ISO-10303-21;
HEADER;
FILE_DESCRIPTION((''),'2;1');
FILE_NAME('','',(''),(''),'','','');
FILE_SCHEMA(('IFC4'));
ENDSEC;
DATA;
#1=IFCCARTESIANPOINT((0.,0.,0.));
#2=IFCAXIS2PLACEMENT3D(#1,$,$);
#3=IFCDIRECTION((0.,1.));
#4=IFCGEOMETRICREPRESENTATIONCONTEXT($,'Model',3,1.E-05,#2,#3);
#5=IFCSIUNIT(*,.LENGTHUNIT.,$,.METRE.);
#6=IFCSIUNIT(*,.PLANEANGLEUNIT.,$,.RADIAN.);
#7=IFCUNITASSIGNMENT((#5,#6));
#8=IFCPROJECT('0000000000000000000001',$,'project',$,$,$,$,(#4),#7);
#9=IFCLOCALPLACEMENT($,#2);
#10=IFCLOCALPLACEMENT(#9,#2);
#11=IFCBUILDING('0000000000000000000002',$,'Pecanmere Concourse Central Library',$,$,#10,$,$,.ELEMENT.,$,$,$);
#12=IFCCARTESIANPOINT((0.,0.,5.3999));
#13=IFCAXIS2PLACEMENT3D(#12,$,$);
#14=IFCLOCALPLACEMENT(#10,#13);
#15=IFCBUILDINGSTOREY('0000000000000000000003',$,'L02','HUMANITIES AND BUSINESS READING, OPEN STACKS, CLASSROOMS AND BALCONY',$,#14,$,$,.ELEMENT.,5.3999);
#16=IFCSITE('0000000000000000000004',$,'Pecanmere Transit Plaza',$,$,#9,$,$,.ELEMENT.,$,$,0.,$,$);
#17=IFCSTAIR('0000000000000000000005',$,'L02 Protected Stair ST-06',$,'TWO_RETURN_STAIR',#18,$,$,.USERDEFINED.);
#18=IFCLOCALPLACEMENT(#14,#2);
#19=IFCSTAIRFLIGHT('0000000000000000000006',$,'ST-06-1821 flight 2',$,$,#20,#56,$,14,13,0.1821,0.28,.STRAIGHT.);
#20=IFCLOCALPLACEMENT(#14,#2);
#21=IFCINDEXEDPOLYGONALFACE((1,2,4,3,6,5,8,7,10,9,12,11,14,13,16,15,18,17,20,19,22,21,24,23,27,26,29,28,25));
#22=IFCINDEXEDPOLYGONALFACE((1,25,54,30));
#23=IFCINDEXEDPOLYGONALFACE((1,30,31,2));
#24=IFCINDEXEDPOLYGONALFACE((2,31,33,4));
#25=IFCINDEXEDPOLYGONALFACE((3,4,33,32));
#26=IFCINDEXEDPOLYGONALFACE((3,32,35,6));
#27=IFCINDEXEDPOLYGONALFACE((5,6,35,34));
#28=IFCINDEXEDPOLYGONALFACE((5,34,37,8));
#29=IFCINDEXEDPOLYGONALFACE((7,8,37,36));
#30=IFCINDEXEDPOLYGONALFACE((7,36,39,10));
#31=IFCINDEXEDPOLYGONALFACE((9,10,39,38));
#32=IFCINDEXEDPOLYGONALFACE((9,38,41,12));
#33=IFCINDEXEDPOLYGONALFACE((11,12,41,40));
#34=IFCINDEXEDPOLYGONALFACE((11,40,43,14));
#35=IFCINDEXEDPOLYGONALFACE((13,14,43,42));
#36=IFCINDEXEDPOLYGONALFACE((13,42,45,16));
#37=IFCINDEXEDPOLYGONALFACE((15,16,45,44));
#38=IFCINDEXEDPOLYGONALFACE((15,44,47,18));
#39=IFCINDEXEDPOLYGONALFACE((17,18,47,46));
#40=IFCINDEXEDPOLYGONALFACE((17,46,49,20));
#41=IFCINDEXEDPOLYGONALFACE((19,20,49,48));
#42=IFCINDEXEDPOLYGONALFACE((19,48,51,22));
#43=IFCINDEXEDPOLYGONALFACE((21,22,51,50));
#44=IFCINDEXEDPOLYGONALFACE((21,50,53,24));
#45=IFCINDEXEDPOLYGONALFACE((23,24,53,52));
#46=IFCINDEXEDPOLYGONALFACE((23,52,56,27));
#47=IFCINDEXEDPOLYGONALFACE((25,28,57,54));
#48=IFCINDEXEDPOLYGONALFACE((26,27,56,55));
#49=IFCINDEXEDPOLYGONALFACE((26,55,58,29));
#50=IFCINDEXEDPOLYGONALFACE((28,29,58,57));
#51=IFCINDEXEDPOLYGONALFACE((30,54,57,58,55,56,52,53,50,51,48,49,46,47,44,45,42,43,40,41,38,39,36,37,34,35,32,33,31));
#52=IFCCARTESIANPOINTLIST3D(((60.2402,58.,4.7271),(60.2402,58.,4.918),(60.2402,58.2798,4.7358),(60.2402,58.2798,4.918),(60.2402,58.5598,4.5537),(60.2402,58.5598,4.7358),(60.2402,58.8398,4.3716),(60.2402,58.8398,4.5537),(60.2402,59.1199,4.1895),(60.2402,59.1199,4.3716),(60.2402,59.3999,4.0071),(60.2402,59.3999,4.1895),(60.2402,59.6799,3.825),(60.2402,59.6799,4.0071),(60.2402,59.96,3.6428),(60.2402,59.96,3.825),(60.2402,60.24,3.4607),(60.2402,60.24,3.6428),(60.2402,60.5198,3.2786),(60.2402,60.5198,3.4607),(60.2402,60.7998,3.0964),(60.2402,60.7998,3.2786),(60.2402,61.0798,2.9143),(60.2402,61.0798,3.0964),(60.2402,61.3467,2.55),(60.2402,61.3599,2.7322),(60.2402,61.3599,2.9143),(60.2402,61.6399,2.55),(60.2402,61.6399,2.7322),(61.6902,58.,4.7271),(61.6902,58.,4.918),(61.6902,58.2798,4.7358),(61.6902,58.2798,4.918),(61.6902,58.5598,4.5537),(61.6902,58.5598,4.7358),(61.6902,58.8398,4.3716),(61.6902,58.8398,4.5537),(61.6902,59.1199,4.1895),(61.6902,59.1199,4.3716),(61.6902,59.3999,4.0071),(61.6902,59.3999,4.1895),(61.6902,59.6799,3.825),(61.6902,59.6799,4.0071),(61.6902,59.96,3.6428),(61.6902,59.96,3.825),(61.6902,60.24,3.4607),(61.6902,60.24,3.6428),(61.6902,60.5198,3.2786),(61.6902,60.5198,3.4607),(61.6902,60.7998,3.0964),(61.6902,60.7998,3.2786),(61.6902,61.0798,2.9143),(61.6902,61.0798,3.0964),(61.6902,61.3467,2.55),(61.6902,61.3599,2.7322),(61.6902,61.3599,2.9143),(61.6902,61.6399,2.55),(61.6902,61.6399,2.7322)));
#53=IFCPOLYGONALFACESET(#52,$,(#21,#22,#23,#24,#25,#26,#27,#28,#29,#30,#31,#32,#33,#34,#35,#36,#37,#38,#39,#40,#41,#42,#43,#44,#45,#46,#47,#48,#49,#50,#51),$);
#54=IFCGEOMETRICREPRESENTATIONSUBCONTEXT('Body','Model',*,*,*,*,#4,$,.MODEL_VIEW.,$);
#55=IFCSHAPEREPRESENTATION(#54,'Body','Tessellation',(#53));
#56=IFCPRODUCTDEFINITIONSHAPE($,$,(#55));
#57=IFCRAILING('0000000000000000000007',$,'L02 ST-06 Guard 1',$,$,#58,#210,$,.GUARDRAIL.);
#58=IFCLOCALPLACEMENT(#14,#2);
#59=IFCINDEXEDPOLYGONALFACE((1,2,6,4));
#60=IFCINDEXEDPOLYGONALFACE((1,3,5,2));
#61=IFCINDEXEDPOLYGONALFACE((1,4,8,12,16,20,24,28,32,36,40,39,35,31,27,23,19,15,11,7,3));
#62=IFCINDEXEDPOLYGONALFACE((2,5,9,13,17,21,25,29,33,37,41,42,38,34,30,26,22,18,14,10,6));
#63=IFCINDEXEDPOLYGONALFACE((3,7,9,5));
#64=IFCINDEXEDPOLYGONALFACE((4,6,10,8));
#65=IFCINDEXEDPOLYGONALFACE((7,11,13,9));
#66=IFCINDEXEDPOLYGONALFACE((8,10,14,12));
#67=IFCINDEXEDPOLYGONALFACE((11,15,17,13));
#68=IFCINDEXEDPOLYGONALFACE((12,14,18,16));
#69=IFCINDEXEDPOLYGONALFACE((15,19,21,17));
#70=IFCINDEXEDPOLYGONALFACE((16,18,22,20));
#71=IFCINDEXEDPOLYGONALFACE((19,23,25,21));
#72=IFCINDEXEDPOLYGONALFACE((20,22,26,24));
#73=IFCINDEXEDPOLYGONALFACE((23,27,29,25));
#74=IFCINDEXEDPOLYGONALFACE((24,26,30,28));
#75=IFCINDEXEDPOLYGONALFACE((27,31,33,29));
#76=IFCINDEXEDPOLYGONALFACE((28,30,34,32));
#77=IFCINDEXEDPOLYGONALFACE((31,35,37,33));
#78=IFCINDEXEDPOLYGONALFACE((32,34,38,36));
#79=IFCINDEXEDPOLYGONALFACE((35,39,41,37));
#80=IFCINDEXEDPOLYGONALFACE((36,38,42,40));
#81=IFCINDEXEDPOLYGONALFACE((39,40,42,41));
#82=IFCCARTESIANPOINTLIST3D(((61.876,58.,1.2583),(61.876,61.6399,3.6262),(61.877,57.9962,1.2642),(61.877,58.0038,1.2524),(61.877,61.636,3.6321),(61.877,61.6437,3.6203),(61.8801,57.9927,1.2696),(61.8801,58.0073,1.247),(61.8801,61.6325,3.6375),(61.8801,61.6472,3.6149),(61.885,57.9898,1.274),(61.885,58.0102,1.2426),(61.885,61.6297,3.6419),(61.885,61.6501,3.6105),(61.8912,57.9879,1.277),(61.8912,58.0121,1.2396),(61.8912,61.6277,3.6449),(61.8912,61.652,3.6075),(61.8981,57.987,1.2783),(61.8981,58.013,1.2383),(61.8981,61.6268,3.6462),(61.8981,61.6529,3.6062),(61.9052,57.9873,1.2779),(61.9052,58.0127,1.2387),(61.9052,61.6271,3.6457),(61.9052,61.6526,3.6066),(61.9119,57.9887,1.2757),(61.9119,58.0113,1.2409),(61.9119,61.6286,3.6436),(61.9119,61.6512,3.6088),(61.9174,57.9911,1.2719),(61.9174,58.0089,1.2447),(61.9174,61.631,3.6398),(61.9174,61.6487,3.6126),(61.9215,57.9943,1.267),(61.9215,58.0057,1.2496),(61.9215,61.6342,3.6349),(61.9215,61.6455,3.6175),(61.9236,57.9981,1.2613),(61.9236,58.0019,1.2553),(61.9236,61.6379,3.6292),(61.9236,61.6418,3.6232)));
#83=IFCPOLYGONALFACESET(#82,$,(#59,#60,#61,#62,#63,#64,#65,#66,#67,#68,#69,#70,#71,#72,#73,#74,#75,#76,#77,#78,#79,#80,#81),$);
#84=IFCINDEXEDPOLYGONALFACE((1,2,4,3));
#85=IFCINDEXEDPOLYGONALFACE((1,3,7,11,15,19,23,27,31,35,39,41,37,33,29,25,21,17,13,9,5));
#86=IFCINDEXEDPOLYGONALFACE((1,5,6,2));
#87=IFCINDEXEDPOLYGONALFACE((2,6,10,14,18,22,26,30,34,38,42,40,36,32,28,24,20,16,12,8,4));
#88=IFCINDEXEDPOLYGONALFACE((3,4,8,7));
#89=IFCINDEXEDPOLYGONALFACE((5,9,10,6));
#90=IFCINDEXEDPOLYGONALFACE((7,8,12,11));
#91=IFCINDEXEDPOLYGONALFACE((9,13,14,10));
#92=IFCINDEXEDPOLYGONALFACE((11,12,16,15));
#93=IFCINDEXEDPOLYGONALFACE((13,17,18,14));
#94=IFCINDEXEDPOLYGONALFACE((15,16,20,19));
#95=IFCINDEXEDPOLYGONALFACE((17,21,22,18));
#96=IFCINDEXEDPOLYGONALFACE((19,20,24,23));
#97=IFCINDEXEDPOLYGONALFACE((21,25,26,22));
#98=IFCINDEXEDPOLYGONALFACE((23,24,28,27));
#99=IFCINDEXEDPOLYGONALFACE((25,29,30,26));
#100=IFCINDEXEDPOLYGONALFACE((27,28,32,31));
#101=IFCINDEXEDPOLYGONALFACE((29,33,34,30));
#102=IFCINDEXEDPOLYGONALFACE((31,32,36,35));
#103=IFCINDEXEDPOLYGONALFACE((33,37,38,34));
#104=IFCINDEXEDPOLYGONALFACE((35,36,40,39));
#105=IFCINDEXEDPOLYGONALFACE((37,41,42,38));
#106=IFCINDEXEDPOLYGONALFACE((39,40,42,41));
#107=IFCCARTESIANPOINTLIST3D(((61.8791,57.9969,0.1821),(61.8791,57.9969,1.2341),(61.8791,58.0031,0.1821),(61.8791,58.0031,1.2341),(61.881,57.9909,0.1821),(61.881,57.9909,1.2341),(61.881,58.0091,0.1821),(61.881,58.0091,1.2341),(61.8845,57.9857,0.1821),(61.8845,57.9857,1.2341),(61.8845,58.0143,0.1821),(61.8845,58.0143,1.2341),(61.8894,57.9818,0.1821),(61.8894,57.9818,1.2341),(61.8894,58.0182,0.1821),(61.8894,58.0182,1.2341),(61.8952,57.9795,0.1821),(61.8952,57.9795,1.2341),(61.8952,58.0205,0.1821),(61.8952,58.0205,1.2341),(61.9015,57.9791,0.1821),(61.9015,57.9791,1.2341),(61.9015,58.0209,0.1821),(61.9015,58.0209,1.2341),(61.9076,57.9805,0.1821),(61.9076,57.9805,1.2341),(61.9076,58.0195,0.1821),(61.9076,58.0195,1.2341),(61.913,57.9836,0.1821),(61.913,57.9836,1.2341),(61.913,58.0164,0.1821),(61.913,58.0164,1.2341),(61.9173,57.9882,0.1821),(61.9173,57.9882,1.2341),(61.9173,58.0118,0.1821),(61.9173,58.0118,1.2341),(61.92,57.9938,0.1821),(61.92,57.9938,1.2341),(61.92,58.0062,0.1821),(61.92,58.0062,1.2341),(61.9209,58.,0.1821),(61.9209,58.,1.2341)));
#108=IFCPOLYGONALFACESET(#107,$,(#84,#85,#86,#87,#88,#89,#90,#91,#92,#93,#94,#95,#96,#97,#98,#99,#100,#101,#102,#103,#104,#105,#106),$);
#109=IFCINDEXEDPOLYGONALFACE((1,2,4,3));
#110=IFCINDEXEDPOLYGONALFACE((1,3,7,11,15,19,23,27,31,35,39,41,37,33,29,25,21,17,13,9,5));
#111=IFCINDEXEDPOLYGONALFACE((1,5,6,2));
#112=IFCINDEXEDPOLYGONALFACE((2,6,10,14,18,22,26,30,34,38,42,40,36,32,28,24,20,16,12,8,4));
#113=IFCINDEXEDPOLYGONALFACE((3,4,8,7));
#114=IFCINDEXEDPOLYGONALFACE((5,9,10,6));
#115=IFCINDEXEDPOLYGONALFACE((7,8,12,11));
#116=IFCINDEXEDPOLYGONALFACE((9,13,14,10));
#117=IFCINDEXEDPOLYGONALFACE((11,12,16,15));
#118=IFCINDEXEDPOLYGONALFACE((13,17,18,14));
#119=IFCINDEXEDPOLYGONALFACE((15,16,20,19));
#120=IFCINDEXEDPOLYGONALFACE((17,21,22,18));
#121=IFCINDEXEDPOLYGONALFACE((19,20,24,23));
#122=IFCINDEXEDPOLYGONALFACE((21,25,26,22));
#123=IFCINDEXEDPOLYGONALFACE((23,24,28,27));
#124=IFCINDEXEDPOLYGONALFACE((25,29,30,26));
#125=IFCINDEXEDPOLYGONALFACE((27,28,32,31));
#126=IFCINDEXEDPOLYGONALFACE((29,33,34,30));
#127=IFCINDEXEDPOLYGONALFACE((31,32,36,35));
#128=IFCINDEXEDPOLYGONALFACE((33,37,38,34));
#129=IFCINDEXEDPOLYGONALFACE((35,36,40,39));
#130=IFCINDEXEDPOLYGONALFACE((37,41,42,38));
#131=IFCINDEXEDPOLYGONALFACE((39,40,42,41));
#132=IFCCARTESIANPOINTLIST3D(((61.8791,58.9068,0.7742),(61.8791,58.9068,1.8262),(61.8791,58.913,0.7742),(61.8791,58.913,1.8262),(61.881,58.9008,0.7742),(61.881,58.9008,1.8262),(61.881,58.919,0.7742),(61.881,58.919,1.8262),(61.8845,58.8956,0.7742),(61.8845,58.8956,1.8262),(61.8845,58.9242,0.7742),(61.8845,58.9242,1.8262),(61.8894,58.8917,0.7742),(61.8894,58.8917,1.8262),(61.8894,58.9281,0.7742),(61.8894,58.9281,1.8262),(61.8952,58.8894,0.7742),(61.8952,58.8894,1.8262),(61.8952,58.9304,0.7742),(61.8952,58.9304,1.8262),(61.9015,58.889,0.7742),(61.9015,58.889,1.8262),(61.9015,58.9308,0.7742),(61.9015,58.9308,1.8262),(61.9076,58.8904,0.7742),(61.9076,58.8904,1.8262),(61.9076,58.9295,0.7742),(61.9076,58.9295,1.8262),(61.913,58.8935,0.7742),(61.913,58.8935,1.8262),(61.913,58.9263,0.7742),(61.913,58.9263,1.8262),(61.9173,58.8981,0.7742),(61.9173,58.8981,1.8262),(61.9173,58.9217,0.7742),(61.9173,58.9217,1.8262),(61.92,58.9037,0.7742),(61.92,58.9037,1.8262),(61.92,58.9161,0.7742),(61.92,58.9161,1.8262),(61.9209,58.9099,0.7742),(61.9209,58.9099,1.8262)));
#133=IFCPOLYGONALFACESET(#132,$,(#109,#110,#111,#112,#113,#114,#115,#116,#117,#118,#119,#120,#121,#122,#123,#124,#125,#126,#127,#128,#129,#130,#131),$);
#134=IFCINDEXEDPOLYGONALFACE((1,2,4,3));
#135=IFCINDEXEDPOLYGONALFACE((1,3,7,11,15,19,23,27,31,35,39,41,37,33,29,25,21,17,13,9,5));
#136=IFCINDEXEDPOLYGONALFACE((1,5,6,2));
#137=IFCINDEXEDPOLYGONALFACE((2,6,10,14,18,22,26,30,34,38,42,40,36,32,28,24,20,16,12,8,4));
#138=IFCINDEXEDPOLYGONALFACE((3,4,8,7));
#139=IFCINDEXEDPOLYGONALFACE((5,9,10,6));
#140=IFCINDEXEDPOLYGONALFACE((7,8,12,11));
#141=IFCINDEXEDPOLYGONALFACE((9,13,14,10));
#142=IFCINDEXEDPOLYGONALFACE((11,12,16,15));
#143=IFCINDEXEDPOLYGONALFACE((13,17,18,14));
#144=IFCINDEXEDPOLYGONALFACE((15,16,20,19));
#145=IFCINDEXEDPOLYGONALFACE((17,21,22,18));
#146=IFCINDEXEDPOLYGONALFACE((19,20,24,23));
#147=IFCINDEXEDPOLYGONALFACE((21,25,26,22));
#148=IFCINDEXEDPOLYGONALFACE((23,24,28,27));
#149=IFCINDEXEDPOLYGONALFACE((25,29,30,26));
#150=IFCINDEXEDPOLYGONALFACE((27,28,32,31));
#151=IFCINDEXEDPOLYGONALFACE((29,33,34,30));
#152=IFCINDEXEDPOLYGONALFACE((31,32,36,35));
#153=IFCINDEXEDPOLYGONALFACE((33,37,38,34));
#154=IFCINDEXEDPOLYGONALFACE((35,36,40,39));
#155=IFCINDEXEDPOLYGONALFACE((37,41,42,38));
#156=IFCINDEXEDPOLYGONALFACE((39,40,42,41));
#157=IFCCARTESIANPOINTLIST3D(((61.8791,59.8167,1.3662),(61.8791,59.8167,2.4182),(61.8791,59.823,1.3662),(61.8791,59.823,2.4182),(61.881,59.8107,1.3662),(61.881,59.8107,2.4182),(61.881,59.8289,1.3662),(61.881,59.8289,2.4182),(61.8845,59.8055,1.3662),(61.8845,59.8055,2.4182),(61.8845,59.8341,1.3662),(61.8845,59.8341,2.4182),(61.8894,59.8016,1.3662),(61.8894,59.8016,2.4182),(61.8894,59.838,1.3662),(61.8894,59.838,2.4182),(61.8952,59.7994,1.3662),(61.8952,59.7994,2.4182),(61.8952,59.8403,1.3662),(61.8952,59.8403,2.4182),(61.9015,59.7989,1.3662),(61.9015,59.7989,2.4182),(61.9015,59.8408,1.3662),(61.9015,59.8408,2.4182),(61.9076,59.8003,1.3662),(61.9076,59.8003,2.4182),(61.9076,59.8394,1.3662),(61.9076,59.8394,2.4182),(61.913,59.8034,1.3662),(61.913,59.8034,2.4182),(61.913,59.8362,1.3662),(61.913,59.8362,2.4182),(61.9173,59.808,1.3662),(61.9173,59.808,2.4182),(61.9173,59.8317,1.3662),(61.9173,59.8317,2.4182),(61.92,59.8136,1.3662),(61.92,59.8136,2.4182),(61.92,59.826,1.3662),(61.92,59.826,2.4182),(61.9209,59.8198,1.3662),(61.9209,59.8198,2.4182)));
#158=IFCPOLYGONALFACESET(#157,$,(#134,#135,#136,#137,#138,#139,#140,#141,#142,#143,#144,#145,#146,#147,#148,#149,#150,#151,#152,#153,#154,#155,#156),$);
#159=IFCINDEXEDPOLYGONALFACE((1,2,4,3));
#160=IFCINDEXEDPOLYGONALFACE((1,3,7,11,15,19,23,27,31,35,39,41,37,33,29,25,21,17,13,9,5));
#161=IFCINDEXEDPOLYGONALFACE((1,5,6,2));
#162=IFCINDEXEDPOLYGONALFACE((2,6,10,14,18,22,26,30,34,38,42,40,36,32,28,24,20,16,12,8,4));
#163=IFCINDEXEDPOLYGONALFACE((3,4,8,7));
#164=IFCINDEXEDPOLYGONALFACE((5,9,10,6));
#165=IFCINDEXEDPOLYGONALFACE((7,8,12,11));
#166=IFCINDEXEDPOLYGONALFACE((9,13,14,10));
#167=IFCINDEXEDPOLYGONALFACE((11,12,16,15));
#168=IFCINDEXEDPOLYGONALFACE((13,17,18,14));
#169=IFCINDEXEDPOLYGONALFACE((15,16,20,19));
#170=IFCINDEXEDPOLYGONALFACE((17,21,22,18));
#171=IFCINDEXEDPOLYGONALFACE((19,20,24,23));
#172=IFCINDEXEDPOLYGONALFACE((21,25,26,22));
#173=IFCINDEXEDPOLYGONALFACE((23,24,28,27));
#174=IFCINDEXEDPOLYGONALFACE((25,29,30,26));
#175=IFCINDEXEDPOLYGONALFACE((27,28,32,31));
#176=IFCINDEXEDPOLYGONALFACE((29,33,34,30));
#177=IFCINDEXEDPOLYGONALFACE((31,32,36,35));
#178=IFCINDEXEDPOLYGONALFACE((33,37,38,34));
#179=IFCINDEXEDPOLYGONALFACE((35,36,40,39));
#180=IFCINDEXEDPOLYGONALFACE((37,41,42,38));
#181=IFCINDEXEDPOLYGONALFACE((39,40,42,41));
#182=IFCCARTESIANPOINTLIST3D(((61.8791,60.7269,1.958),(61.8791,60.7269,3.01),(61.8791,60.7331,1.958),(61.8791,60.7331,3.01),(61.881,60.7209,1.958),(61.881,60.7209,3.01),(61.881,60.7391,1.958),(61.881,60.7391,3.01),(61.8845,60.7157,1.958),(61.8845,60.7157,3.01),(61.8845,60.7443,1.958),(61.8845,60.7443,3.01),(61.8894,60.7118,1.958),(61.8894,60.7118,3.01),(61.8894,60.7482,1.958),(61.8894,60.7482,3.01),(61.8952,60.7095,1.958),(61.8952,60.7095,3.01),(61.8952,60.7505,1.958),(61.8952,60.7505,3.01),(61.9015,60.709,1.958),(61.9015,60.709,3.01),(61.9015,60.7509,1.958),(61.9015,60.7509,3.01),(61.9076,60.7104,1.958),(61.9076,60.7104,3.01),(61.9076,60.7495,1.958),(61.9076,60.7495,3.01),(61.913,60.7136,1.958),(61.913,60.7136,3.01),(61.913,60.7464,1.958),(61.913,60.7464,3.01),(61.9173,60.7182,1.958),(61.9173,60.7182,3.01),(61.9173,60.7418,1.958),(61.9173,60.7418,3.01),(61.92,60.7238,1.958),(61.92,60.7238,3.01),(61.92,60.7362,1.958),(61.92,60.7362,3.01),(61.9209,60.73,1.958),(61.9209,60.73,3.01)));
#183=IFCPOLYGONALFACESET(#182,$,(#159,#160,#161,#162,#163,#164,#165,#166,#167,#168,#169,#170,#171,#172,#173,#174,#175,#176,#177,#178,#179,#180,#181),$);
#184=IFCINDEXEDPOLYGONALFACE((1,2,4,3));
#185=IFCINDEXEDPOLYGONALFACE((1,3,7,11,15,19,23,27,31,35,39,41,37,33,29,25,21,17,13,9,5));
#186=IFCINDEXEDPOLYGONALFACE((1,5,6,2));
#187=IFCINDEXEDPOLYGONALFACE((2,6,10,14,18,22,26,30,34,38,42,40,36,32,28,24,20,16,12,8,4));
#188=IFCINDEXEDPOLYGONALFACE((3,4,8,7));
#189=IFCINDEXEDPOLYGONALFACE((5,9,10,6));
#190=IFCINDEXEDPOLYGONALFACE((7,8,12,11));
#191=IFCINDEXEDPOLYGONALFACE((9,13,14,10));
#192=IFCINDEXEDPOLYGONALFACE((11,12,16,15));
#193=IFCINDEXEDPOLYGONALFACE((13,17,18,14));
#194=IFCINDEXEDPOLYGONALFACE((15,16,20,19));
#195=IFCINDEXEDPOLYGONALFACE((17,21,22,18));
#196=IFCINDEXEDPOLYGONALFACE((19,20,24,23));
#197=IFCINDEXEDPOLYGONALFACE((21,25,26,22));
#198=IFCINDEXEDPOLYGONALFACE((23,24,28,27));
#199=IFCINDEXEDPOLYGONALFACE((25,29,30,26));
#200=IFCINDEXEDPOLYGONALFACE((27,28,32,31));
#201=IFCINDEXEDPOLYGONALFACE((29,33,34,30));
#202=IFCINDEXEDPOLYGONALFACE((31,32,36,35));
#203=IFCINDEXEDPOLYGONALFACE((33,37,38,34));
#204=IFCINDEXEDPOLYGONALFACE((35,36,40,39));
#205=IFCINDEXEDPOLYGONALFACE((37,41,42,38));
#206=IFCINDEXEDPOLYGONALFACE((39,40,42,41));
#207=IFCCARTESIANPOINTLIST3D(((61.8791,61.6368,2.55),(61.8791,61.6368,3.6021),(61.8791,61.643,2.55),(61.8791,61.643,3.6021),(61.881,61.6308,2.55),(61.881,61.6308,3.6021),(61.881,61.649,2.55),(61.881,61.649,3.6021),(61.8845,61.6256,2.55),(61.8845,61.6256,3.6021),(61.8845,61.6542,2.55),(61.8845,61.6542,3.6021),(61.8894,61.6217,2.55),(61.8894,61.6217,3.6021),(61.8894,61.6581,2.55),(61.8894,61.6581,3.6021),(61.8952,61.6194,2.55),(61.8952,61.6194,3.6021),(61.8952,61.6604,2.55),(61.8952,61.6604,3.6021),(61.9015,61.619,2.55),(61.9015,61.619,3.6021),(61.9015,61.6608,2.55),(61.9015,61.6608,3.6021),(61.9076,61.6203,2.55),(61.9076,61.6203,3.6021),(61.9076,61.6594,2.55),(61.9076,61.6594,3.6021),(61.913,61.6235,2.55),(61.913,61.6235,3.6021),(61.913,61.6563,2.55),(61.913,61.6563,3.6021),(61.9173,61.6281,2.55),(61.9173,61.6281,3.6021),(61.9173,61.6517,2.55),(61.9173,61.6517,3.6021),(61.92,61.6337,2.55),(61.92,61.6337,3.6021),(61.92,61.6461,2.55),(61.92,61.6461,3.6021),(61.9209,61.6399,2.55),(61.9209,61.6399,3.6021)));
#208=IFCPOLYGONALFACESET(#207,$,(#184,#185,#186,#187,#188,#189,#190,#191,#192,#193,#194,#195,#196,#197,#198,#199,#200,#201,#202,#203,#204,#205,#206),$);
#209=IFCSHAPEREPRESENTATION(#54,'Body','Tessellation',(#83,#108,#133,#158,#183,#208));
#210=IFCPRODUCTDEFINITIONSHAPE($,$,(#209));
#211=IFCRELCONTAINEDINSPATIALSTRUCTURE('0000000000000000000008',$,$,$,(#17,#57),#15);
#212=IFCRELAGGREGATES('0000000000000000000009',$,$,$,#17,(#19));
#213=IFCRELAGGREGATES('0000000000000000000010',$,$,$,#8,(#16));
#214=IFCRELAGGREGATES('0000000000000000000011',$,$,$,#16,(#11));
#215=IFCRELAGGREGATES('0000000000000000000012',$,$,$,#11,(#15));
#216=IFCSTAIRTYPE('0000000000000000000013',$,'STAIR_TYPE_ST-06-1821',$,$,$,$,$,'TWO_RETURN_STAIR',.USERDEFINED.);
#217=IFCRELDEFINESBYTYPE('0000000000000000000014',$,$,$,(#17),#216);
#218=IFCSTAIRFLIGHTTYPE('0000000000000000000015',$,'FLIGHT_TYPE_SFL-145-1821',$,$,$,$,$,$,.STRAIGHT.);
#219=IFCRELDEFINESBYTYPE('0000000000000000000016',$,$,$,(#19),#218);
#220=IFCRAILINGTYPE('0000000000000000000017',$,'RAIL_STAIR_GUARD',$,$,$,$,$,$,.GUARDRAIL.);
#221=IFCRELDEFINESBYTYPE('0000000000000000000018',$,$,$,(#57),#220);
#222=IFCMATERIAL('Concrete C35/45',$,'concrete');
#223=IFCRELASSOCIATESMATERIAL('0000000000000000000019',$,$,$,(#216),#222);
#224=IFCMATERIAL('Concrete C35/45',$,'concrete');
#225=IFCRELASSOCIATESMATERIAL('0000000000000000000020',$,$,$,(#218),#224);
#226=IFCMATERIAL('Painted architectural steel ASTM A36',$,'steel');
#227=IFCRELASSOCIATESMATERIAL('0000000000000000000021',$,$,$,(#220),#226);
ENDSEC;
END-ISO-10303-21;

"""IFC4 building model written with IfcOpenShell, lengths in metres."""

from ifc_helpers import new_model, si_unit, direction, frame, origin, origin_2d, place, context, subcontext, project, spatial, polyline, circle, outline, extrude, material, type_object, element, aggregate, save


model = new_model("IFC4")

# Units and contexts
model_context = context("Model", 3, precision=1e-05, world=origin(), true_north=direction((0.0, 1.0)))
body_context = subcontext(model_context, "Body", "Model", "MODEL_VIEW")
ifc_project = project(units=[si_unit("LENGTHUNIT", "METRE"), si_unit("PLANEANGLEUNIT", "RADIAN")], contexts=[model_context])

# Site, building, storey
site_placement = place(None, origin())
site = spatial("IfcSite", under=ifc_project, at=site_placement, Name="Pecanmere Transit Plaza", CompositionType="ELEMENT", RefElevation=0.0)
building_placement = place(site_placement, origin())
building = spatial("IfcBuilding", under=site, at=building_placement, Name="Pecanmere Concourse Central Library", CompositionType="ELEMENT")
storey_placement = place(building_placement, frame((0.0, 0.0, 5.3999)))
storey = spatial("IfcBuildingStorey", under=building, at=storey_placement, Name="L02", Description="HUMANITIES AND BUSINESS READING, OPEN STACKS, CLASSROOMS AND BALCONY", CompositionType="ELEMENT", Elevation=5.3999)

# Stair, stair flight
ifc_material_1 = material(Name="Concrete C35/45", Category="concrete")
stair_type = type_object("IfcStairType", Name="STAIR_TYPE_ST-06-1821", ElementType="TWO_RETURN_STAIR", PredefinedType="USERDEFINED", material=ifc_material_1)
stair_placement = place(storey_placement, origin())
stair = element("IfcStair", 1, at=stair_placement, inside=storey, type_object=stair_type, Name="L02 Protected Stair ST-06", ObjectType="TWO_RETURN_STAIR", PredefinedType="USERDEFINED")
ifc_material_2 = material(Name="Concrete C35/45", Category="concrete")
stair_flight_type = type_object("IfcStairFlightType", Name="FLIGHT_TYPE_SFL-145-1821", PredefinedType="STRAIGHT", material=ifc_material_2)
stair_flight_1_placement = place(storey_placement, frame((60.9651, 61.6399, 2.55), z_axis=(0.0, 0.0, 1.0), x_axis=(0.0, -1.0, 0.0)))
stair_flight_1 = element("IfcStairFlight", 2, at=stair_flight_1_placement, type_object=stair_flight_type, Name="ST-06-1821 flight 2", NumberOfRisers=14, NumberOfTreads=13, PredefinedType="STRAIGHT", RiserHeight=0.1821, TreadLength=0.28, context=body_context, shape_type="SweptSolid", body=[
    extrude(outline(polyline([(0.0, 0.0), (0.0, 0.1821), (0.28, 0.1821), (0.28, 0.3643), (0.5601, 0.3643), (0.5601, 0.5464), (0.8401, 0.5464), (0.8401, 0.7285), (1.1201, 0.7285), (1.1201, 0.9106), (1.3999, 0.9106), (1.3999, 1.0928), (1.6799, 1.0928), (1.6799, 1.2749), (1.96, 1.2749), (1.96, 1.457), (2.24, 1.457), (2.24, 1.6394), (2.52, 1.6394), (2.52, 1.8215), (2.8, 1.8215), (2.8, 2.0037), (3.0801, 2.0037), (3.0801, 2.1858), (3.3601, 2.1858), (3.3601, 2.3679), (3.6399, 2.3679), (3.6399, 2.55), (3.6399, 2.177), (0.2932, 0.0), (0.0, 0.0)])), frame((0.0, 0.7251, 0.0), z_axis=(0.0, -1.0, 0.0), x_axis=(1.0, 0.0, 0.0)), (0.0, 0.0, 1.0), 1.45),
])
aggregate(stair, [stair_flight_1])

# Railing
ifc_material_3 = material(Name="Painted architectural steel ASTM A36", Category="steel")
railing_type_1 = type_object("IfcRailingType", Name="RAIL_STAIR_GUARD", PredefinedType="GUARDRAIL", material=ifc_material_3)
railing_1_placement = place(storey_placement, frame((61.8999, 58.0, 0.1821)))
element("IfcRailing", 3, at=railing_1_placement, inside=storey, type_object=railing_type_1, Name="L02 ST-06 Guard 1", PredefinedType="GUARDRAIL", context=body_context, shape_type="SweptSolid", body=[
    extrude(circle(Radius=0.0239, at=origin_2d()), frame((0.0, 0.0, 1.0762), z_axis=(0.0, 0.838234, 0.54531), x_axis=(-1.0, 0.0, 0.0)), (0.0, 0.0, 1.0), 4.3423),
    extrude(circle(Radius=0.021, at=origin_2d()), origin(), (0.0, 0.0, 1.0), 1.052),
    extrude(circle(Radius=0.021, at=origin_2d()), frame((0.0, 0.9099, 0.592)), (0.0, 0.0, 1.0), 1.052),
    extrude(circle(Radius=0.021, at=origin_2d()), frame((0.0, 1.8198, 1.1841)), (0.0, 0.0, 1.0), 1.052),
    extrude(circle(Radius=0.021, at=origin_2d()), frame((0.0, 2.73, 1.7759)), (0.0, 0.0, 1.0), 1.052),
    extrude(circle(Radius=0.021, at=origin_2d()), frame((0.0, 3.6399, 2.3679)), (0.0, 0.0, 1.0), 1.052),
])

save(model, "model.ifc")
